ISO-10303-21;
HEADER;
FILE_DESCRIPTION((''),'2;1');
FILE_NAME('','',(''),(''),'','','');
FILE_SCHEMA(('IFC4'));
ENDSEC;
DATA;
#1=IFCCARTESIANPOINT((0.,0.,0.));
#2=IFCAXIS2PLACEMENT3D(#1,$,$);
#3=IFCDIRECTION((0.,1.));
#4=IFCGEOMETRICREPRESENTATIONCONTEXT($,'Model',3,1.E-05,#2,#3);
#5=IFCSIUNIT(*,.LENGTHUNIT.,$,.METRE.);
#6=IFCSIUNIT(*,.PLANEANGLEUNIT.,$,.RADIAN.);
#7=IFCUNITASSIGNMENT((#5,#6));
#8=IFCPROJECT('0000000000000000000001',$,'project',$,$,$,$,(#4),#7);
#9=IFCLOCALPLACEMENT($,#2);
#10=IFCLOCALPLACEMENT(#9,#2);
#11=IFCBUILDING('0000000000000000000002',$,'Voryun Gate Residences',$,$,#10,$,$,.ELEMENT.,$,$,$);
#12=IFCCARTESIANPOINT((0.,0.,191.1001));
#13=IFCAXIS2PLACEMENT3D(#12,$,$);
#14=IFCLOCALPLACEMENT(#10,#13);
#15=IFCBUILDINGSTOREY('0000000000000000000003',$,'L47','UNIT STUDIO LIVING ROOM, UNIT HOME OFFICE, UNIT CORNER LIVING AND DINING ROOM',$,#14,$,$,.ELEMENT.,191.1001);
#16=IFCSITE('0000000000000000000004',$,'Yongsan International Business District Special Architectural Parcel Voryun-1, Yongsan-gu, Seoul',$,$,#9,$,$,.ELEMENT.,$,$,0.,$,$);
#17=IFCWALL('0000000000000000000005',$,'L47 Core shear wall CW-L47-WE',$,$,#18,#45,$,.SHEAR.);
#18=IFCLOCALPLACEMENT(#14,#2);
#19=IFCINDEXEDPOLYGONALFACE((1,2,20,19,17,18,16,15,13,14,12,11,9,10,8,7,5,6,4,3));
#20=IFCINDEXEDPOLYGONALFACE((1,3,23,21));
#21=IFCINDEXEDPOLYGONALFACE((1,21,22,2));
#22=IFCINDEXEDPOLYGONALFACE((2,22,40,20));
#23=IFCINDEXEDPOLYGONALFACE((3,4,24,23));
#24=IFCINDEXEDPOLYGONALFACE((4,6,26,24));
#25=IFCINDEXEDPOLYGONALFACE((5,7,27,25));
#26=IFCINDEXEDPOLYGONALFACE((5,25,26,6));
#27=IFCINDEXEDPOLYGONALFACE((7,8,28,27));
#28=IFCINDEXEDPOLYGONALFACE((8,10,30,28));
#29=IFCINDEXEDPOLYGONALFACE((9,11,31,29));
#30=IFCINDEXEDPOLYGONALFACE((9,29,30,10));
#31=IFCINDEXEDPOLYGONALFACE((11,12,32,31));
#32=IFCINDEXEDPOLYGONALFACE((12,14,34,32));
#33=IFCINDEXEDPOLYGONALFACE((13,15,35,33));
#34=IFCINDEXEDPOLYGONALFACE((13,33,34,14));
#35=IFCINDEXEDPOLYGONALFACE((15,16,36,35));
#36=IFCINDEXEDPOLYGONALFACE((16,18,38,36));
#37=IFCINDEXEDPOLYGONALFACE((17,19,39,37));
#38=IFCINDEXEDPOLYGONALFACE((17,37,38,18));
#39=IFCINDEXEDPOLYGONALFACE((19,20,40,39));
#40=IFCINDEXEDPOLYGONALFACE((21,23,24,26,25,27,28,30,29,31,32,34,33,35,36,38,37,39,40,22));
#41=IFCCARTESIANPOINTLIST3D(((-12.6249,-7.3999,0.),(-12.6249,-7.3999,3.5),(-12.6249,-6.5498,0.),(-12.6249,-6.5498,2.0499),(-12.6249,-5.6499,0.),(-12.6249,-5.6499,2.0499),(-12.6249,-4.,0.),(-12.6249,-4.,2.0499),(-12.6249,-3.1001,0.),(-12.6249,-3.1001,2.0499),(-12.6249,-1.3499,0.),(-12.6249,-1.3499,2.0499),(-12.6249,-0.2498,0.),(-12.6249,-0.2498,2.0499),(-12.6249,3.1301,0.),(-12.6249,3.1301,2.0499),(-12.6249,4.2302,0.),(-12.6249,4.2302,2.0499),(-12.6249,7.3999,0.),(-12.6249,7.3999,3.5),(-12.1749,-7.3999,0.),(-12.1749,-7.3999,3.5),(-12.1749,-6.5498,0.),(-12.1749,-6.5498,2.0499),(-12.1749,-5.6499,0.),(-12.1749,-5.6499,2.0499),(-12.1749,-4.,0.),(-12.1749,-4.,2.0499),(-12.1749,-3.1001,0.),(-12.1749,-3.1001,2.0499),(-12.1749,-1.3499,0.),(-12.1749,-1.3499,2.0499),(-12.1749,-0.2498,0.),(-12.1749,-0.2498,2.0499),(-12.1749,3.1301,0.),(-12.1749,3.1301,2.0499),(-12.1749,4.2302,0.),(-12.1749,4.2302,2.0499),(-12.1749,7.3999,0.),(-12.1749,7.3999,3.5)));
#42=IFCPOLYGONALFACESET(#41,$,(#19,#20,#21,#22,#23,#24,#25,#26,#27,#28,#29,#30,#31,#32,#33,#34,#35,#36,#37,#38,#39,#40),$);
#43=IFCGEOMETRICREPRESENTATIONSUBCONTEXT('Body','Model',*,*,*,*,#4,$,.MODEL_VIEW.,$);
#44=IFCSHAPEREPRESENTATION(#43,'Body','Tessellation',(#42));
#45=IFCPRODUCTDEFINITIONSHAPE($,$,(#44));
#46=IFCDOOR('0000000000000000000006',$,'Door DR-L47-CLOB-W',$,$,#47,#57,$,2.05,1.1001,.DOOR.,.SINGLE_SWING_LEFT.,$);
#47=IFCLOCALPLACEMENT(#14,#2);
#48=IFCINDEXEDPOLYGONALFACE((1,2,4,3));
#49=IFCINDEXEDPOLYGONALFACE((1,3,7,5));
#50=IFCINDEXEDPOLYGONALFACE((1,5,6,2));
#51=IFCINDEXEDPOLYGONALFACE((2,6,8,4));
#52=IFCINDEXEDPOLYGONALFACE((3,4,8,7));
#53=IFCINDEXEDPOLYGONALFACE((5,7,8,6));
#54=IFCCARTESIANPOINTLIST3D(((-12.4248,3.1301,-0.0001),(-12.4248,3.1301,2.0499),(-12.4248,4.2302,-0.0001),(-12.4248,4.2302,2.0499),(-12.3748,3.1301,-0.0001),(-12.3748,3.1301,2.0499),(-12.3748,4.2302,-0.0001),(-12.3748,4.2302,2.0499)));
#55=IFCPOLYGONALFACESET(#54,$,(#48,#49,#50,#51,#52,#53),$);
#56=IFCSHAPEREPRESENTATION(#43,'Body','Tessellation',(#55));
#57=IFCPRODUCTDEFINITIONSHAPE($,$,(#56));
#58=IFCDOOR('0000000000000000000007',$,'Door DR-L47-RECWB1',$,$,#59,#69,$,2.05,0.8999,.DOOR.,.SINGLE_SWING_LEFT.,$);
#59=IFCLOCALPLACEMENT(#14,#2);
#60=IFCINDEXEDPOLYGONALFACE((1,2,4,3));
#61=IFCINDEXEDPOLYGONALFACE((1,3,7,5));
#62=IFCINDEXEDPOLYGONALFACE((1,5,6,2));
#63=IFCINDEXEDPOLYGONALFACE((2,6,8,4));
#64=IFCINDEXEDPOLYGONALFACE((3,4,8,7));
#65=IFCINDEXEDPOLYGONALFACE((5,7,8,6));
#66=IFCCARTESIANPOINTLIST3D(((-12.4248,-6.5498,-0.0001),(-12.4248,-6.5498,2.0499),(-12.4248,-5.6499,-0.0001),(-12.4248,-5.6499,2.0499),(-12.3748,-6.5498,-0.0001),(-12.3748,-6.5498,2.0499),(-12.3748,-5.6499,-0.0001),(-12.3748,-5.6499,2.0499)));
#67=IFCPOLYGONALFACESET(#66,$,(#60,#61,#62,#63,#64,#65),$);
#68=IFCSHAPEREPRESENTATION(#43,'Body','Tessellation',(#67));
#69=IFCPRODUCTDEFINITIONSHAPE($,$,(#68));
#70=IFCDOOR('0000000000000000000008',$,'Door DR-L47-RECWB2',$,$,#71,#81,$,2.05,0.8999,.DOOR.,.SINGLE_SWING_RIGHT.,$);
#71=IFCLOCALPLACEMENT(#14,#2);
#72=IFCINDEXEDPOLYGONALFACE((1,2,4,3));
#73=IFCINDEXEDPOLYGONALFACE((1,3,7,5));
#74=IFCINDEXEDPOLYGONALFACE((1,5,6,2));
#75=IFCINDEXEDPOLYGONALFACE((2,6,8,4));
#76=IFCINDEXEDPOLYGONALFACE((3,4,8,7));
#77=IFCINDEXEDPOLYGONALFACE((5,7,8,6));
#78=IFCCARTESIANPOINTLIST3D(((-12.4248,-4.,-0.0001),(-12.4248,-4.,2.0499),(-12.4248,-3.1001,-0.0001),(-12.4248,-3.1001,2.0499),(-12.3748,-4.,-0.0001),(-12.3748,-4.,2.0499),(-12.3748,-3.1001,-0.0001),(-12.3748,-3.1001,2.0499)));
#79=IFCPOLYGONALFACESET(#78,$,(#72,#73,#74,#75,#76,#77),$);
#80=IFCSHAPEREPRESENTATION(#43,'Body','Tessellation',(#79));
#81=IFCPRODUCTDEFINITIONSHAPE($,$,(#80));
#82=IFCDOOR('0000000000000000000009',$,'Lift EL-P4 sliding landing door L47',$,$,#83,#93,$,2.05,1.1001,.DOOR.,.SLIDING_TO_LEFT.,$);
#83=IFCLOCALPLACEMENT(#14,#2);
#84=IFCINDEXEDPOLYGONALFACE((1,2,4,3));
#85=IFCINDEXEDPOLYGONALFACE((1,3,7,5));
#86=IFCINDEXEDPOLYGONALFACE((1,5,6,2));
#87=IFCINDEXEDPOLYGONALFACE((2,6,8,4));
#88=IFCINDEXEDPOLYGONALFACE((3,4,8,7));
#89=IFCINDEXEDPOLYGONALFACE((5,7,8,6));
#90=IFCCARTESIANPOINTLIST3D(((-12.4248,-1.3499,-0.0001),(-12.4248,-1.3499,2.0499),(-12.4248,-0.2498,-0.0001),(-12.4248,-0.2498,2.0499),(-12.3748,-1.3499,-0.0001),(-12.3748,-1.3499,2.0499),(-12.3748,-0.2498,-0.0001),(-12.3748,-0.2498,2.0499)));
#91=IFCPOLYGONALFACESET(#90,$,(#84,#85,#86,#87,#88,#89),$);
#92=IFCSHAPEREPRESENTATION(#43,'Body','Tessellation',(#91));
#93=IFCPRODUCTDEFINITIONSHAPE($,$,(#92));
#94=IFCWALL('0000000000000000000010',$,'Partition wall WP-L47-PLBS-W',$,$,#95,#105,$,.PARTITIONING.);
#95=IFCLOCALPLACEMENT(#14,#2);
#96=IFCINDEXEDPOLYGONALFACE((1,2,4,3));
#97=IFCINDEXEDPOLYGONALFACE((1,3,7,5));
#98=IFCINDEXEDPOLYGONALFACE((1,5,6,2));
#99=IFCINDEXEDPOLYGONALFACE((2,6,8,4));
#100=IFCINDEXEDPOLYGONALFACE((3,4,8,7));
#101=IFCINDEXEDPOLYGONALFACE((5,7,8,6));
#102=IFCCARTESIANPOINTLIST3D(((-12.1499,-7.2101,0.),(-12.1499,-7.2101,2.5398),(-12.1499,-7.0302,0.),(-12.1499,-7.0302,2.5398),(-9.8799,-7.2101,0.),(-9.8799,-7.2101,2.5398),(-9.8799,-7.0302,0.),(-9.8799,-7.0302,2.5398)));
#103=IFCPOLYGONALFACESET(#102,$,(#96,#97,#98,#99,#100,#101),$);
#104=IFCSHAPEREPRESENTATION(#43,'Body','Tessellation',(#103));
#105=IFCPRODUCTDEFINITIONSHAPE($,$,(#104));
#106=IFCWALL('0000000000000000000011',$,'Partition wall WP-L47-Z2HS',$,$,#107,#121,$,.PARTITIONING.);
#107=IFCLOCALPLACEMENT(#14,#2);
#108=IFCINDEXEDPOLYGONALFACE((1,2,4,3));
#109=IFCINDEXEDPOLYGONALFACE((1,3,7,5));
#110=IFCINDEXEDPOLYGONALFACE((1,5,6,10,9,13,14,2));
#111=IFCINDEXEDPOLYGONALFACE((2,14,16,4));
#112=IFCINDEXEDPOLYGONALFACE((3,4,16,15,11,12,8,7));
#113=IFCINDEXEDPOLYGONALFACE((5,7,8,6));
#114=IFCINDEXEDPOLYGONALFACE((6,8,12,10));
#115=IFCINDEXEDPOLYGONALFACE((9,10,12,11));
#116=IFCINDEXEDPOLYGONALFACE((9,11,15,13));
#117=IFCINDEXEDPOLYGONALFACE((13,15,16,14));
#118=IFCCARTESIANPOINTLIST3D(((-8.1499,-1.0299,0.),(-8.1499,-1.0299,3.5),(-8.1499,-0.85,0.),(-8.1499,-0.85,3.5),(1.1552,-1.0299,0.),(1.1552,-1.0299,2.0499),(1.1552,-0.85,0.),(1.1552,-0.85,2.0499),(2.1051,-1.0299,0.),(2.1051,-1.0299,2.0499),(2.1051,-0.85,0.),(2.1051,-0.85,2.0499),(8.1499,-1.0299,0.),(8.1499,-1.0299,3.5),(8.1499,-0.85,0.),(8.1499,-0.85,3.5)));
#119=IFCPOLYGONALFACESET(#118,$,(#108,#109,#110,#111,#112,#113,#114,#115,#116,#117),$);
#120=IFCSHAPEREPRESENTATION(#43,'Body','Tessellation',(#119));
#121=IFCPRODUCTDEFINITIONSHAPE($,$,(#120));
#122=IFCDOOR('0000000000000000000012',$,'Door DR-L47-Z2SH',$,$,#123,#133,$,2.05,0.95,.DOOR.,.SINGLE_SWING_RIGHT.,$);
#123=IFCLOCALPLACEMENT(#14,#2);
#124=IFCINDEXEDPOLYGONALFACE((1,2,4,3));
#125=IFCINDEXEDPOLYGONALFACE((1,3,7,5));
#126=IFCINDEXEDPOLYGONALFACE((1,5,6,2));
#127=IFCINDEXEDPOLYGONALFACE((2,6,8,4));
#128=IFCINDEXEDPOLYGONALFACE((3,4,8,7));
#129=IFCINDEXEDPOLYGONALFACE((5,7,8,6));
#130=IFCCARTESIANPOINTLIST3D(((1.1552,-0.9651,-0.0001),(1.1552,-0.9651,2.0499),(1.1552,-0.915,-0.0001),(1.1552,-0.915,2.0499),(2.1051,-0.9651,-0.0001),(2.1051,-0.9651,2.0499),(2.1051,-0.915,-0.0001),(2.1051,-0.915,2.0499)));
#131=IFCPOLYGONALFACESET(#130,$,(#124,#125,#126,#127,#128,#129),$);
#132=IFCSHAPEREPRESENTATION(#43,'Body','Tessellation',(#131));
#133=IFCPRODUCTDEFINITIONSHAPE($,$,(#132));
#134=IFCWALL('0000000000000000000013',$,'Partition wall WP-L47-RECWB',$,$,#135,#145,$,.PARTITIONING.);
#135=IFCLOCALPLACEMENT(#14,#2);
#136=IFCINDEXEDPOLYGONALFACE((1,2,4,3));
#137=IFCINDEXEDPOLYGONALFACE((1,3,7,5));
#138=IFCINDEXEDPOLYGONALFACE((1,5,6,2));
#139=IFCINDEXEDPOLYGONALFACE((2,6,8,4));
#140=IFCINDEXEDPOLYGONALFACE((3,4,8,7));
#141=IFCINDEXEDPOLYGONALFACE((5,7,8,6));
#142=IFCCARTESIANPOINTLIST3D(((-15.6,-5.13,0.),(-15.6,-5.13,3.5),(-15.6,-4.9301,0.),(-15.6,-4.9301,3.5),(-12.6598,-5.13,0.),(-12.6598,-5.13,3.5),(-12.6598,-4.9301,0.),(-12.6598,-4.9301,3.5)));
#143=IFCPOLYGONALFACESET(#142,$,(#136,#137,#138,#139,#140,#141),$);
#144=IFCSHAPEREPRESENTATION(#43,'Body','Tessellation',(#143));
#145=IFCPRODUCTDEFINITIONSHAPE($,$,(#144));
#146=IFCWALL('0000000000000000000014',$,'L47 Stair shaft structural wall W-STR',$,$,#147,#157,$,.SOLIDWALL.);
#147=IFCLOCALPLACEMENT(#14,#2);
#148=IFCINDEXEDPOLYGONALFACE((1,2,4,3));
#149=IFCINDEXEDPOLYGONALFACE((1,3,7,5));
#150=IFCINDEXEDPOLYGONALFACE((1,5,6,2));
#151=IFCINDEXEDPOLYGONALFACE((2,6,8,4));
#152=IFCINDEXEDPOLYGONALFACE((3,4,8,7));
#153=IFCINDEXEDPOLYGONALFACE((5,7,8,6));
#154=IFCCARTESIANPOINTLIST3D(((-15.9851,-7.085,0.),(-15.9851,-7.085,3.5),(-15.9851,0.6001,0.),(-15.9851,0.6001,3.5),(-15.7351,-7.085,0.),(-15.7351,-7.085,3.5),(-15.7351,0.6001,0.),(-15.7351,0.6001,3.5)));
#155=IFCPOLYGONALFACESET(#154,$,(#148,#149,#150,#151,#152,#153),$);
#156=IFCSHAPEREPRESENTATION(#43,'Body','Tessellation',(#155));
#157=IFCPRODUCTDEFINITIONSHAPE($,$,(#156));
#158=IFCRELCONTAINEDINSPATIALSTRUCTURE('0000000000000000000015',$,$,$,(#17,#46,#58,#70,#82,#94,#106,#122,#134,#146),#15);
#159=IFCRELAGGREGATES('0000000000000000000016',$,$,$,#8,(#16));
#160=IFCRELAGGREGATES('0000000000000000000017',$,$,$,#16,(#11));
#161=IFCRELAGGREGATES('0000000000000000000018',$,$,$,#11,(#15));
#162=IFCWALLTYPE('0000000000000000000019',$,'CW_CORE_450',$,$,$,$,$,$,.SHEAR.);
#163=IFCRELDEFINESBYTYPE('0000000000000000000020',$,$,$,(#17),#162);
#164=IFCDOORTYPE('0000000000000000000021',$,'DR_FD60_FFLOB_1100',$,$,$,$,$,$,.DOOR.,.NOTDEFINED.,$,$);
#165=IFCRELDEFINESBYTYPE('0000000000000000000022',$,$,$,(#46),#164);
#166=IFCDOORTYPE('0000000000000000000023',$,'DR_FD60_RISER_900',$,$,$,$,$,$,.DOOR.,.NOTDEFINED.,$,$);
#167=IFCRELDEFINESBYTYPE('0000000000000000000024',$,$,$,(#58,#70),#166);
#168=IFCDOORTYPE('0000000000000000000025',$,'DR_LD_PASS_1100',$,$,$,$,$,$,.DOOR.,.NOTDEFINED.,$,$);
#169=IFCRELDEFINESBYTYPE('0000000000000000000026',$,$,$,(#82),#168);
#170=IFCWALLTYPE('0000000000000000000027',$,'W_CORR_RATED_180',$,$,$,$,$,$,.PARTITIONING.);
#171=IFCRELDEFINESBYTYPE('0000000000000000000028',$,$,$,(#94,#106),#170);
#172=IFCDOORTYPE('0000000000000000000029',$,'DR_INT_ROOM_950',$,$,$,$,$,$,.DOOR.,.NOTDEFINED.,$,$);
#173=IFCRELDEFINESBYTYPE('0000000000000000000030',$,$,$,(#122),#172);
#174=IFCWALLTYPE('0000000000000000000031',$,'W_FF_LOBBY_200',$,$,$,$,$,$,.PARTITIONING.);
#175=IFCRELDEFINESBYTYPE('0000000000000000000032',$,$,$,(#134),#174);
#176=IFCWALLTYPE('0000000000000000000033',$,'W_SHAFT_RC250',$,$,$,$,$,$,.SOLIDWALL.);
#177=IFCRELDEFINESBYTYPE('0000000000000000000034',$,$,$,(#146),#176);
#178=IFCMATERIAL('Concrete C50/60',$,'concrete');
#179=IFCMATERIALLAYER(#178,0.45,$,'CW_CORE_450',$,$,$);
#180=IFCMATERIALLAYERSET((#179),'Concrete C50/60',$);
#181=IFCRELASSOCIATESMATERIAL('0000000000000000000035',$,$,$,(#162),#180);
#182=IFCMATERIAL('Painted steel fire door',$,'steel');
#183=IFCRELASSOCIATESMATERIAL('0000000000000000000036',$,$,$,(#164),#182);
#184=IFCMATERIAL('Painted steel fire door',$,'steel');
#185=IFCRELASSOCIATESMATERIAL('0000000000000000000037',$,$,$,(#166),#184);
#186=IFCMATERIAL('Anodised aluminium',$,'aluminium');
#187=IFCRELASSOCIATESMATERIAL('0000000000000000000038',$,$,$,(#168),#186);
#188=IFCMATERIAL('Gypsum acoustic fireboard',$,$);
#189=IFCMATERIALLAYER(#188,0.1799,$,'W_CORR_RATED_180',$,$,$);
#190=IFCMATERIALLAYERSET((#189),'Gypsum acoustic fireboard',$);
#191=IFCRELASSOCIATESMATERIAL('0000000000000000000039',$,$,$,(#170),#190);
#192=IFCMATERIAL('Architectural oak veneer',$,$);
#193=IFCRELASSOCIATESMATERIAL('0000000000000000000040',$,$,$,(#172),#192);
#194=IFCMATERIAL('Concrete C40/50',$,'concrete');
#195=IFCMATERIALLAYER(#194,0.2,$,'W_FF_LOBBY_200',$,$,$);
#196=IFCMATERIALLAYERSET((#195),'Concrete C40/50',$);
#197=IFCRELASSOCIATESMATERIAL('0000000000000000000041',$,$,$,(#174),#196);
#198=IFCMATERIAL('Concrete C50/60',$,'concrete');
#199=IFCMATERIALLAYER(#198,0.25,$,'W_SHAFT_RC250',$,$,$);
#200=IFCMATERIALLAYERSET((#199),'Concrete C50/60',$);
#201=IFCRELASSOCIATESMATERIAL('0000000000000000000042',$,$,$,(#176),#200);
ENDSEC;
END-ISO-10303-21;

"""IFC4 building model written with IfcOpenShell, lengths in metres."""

from ifc_helpers import new_model, si_unit, direction, frame, frame_2d, origin, place, context, subcontext, project, spatial, rectangle, extrude, material, layer, layer_set, type_object, element, fill, save


model = new_model("IFC4")

# Units and contexts
model_context = context("Model", 3, precision=1e-05, world=origin(), true_north=direction((0.0, 1.0)))
body_context = subcontext(model_context, "Body", "Model", "MODEL_VIEW")
ifc_project = project(units=[si_unit("LENGTHUNIT", "METRE"), si_unit("PLANEANGLEUNIT", "RADIAN")], contexts=[model_context])

# Site, building, storey
site_placement = place(None, origin())
site = spatial("IfcSite", under=ifc_project, at=site_placement, Name="Yongsan International Business District Special Architectural Parcel Voryun-1, Yongsan-gu, Seoul", CompositionType="ELEMENT", RefElevation=0.0)
building_placement = place(site_placement, origin())
building = spatial("IfcBuilding", under=site, at=building_placement, Name="Voryun Gate Residences", CompositionType="ELEMENT")
storey_placement = place(building_placement, frame((0.0, 0.0, 191.1001)))
storey = spatial("IfcBuildingStorey", under=building, at=storey_placement, Name="L47", Description="UNIT STUDIO LIVING ROOM, UNIT HOME OFFICE, UNIT CORNER LIVING AND DINING ROOM", CompositionType="ELEMENT", Elevation=191.1001)

# Wall, openings, doors
ifc_material_1 = material(Name="Concrete C50/60", Category="concrete")
ifc_layer_1 = layer(ifc_material_1, 0.45, Name="CW_CORE_450")
ifc_layer_set_1 = layer_set([ifc_layer_1], Name="Concrete C50/60")
wall_type_1 = type_object("IfcWallType", Name="CW_CORE_450", PredefinedType="SHEAR", material=ifc_layer_set_1)
wall_1_placement = place(storey_placement, frame((-12.3999, -7.3999, 0.0), z_axis=(0.0, 0.0, 1.0), x_axis=(0.0, 1.0, 0.0)))
wall_1 = element("IfcWall", 1, at=wall_1_placement, inside=storey, type_object=wall_type_1, Name="L47 Core shear wall CW-L47-WE", PredefinedType="SHEAR", context=body_context, shape_type="SweptSolid", body=[
    extrude(rectangle(XDim=14.7998, YDim=0.45, at=frame_2d((7.3999, 0.0))), origin(), (0.0, 0.0, 1.0), 3.5),
])
opening_1_placement = place(wall_1_placement, frame((6.05, 0.0, 0.0)))
opening_1 = element("IfcOpeningElement", 2, at=opening_1_placement, cuts=wall_1, PredefinedType="OPENING", context=body_context, shape_type="SweptSolid", body=[
    extrude(rectangle(XDim=1.1001, YDim=2.05, at=frame_2d((0.55, 1.0249))), frame((0.0, 0.2351, 0.0), z_axis=(0.0, -1.0, 0.0), x_axis=(1.0, 0.0, 0.0)), (0.0, 0.0, 1.0), 0.47),
])
opening_2_placement = place(wall_1_placement, frame((10.53, 0.0, 0.0)))
opening_2 = element("IfcOpeningElement", 3, at=opening_2_placement, cuts=wall_1, PredefinedType="OPENING", context=body_context, shape_type="SweptSolid", body=[
    extrude(rectangle(XDim=1.1001, YDim=2.05, at=frame_2d((0.55, 1.0249))), frame((0.0, 0.2351, 0.0), z_axis=(0.0, -1.0, 0.0), x_axis=(1.0, 0.0, 0.0)), (0.0, 0.0, 1.0), 0.47),
])
opening_3_placement = place(wall_1_placement, frame((0.8501, 0.0, 0.0)))
opening_3 = element("IfcOpeningElement", 4, at=opening_3_placement, cuts=wall_1, PredefinedType="OPENING", context=body_context, shape_type="SweptSolid", body=[
    extrude(rectangle(XDim=0.8999, YDim=2.05, at=frame_2d((0.45, 1.0249))), frame((0.0, 0.2351, 0.0), z_axis=(0.0, -1.0, 0.0), x_axis=(1.0, 0.0, 0.0)), (0.0, 0.0, 1.0), 0.47),
])
opening_4_placement = place(wall_1_placement, frame((3.3999, 0.0, 0.0)))
opening_4 = element("IfcOpeningElement", 5, at=opening_4_placement, cuts=wall_1, PredefinedType="OPENING", context=body_context, shape_type="SweptSolid", body=[
    extrude(rectangle(XDim=0.8999, YDim=2.05, at=frame_2d((0.45, 1.0249))), frame((0.0, 0.2351, 0.0), z_axis=(0.0, -1.0, 0.0), x_axis=(1.0, 0.0, 0.0)), (0.0, 0.0, 1.0), 0.47),
])
ifc_material_2 = material(Name="Painted steel fire door", Category="steel")
door_type_1 = type_object("IfcDoorType", Name="DR_FD60_FFLOB_1100", OperationType="NOTDEFINED", PredefinedType="DOOR", material=ifc_material_2)
door_1_placement = place(opening_2_placement, origin())
door_1 = element("IfcDoor", 6, at=door_1_placement, inside=storey, type_object=door_type_1, Name="Door DR-L47-CLOB-W", OperationType="SINGLE_SWING_LEFT", OverallHeight=2.05, OverallWidth=1.1001, PredefinedType="DOOR", context=body_context, shape_type="SweptSolid", body=[
    extrude(rectangle(XDim=1.1001, YDim=2.05, at=frame_2d((0.55, 1.0249))), frame((0.0, 0.0249, 0.0), z_axis=(0.0, -1.0, 0.0), x_axis=(1.0, 0.0, 0.0)), (0.0, 0.0, 1.0), 0.05),
])
fill(opening_2, door_1)
ifc_material_3 = material(Name="Painted steel fire door", Category="steel")
door_type_2 = type_object("IfcDoorType", Name="DR_FD60_RISER_900", OperationType="NOTDEFINED", PredefinedType="DOOR", material=ifc_material_3)
door_2_placement = place(opening_3_placement, origin())
door_2 = element("IfcDoor", 7, at=door_2_placement, inside=storey, type_object=door_type_2, Name="Door DR-L47-RECWB1", OperationType="SINGLE_SWING_LEFT", OverallHeight=2.05, OverallWidth=0.8999, PredefinedType="DOOR", context=body_context, shape_type="SweptSolid", body=[
    extrude(rectangle(XDim=0.8999, YDim=2.05, at=frame_2d((0.45, 1.0249))), frame((0.0, 0.0249, 0.0), z_axis=(0.0, -1.0, 0.0), x_axis=(1.0, 0.0, 0.0)), (0.0, 0.0, 1.0), 0.05),
])
fill(opening_3, door_2)
door_3_placement = place(opening_4_placement, origin())
door_3 = element("IfcDoor", 8, at=door_3_placement, inside=storey, type_object=door_type_2, Name="Door DR-L47-RECWB2", OperationType="SINGLE_SWING_RIGHT", OverallHeight=2.05, OverallWidth=0.8999, PredefinedType="DOOR", context=body_context, shape_type="SweptSolid", body=[
    extrude(rectangle(XDim=0.8999, YDim=2.05, at=frame_2d((0.45, 1.0249))), frame((0.0, 0.0249, 0.0), z_axis=(0.0, -1.0, 0.0), x_axis=(1.0, 0.0, 0.0)), (0.0, 0.0, 1.0), 0.05),
])
fill(opening_4, door_3)
ifc_material_4 = material(Name="Anodised aluminium", Category="aluminium")
door_type_3 = type_object("IfcDoorType", Name="DR_LD_PASS_1100", OperationType="NOTDEFINED", PredefinedType="DOOR", material=ifc_material_4)
door_4_placement = place(opening_1_placement, origin())
door_4 = element("IfcDoor", 9, at=door_4_placement, inside=storey, type_object=door_type_3, Name="Lift EL-P4 sliding landing door L47", OperationType="SLIDING_TO_LEFT", OverallHeight=2.05, OverallWidth=1.1001, PredefinedType="DOOR", context=body_context, shape_type="SweptSolid", body=[
    extrude(rectangle(XDim=1.1001, YDim=2.05, at=frame_2d((0.55, 1.0249))), frame((0.0, 0.0249, 0.0), z_axis=(0.0, -1.0, 0.0), x_axis=(1.0, 0.0, 0.0)), (0.0, 0.0, 1.0), 0.05),
])
fill(opening_1, door_4)

# Wall
ifc_material_5 = material(Name="Gypsum acoustic fireboard")
ifc_layer_2 = layer(ifc_material_5, 0.1799, Name="W_CORR_RATED_180")
ifc_layer_set_2 = layer_set([ifc_layer_2], Name="Gypsum acoustic fireboard")
wall_type_2 = type_object("IfcWallType", Name="W_CORR_RATED_180", PredefinedType="PARTITIONING", material=ifc_layer_set_2)
wall_2_placement = place(storey_placement, frame((-12.1499, -7.1201, 0.0), z_axis=(0.0, 0.0, 1.0), x_axis=(1.0, 0.0, 0.0)))
element("IfcWall", 10, at=wall_2_placement, inside=storey, type_object=wall_type_2, Name="Partition wall WP-L47-PLBS-W", PredefinedType="PARTITIONING", context=body_context, shape_type="SweptSolid", body=[
    extrude(rectangle(XDim=2.27, YDim=0.1799, at=frame_2d((1.135, 0.0))), origin(), (0.0, 0.0, 1.0), 2.5398),
])

# Wall, opening, door
wall_3_placement = place(storey_placement, frame((-8.1499, -0.9399, 0.0), z_axis=(0.0, 0.0, 1.0), x_axis=(1.0, 0.0, 0.0)))
wall_3 = element("IfcWall", 11, at=wall_3_placement, inside=storey, type_object=wall_type_2, Name="Partition wall WP-L47-Z2HS", PredefinedType="PARTITIONING", context=body_context, shape_type="SweptSolid", body=[
    extrude(rectangle(XDim=16.2998, YDim=0.1799, at=frame_2d((8.1499, 0.0))), origin(), (0.0, 0.0, 1.0), 3.5),
])
opening_5_placement = place(wall_3_placement, frame((9.3049, 0.0, 0.0)))
opening_5 = element("IfcOpeningElement", 12, at=opening_5_placement, cuts=wall_3, PredefinedType="OPENING", context=body_context, shape_type="SweptSolid", body=[
    extrude(rectangle(XDim=0.95, YDim=2.05, at=frame_2d((0.4751, 1.0249))), frame((0.0, 0.0999, 0.0), z_axis=(0.0, -1.0, 0.0), x_axis=(1.0, 0.0, 0.0)), (0.0, 0.0, 1.0), 0.2),
])
ifc_material_6 = material(Name="Architectural oak veneer")
door_type_4 = type_object("IfcDoorType", Name="DR_INT_ROOM_950", OperationType="NOTDEFINED", PredefinedType="DOOR", material=ifc_material_6)
door_5_placement = place(opening_5_placement, origin())
door_5 = element("IfcDoor", 13, at=door_5_placement, inside=storey, type_object=door_type_4, Name="Door DR-L47-Z2SH", OperationType="SINGLE_SWING_RIGHT", OverallHeight=2.05, OverallWidth=0.95, PredefinedType="DOOR", context=body_context, shape_type="SweptSolid", body=[
    extrude(rectangle(XDim=0.95, YDim=2.05, at=frame_2d((0.4751, 1.0249))), frame((0.0, 0.0249, 0.0), z_axis=(0.0, -1.0, 0.0), x_axis=(1.0, 0.0, 0.0)), (0.0, 0.0, 1.0), 0.05),
])
fill(opening_5, door_5)

# Walls
ifc_material_7 = material(Name="Concrete C40/50", Category="concrete")
ifc_layer_3 = layer(ifc_material_7, 0.2, Name="W_FF_LOBBY_200")
ifc_layer_set_3 = layer_set([ifc_layer_3], Name="Concrete C40/50")
wall_type_3 = type_object("IfcWallType", Name="W_FF_LOBBY_200", PredefinedType="PARTITIONING", material=ifc_layer_set_3)
wall_4_placement = place(storey_placement, frame((-15.6001, -5.03, 0.0), z_axis=(0.0, 0.0, 1.0), x_axis=(1.0, 0.0, 0.0)))
element("IfcWall", 14, at=wall_4_placement, inside=storey, type_object=wall_type_3, Name="Partition wall WP-L47-RECWB", PredefinedType="PARTITIONING", context=body_context, shape_type="SweptSolid", body=[
    extrude(rectangle(XDim=2.9402, YDim=0.2, at=frame_2d((1.4702, 0.0))), origin(), (0.0, 0.0, 1.0), 3.5),
])
ifc_material_8 = material(Name="Concrete C50/60", Category="concrete")
ifc_layer_4 = layer(ifc_material_8, 0.25, Name="W_SHAFT_RC250")
ifc_layer_set_4 = layer_set([ifc_layer_4], Name="Concrete C50/60")
wall_type_4 = type_object("IfcWallType", Name="W_SHAFT_RC250", PredefinedType="SOLIDWALL", material=ifc_layer_set_4)
wall_5_placement = place(storey_placement, frame((-15.8601, -7.085, 0.0), z_axis=(0.0, 0.0, 1.0), x_axis=(0.0, 1.0, 0.0)))
element("IfcWall", 15, at=wall_5_placement, inside=storey, type_object=wall_type_4, Name="L47 Stair shaft structural wall W-STR", PredefinedType="SOLIDWALL", context=body_context, shape_type="SweptSolid", body=[
    extrude(rectangle(XDim=7.6851, YDim=0.25, at=frame_2d((3.8425, 0.0))), origin(), (0.0, 0.0, 1.0), 3.5),
])

save(model, "model.ifc")
